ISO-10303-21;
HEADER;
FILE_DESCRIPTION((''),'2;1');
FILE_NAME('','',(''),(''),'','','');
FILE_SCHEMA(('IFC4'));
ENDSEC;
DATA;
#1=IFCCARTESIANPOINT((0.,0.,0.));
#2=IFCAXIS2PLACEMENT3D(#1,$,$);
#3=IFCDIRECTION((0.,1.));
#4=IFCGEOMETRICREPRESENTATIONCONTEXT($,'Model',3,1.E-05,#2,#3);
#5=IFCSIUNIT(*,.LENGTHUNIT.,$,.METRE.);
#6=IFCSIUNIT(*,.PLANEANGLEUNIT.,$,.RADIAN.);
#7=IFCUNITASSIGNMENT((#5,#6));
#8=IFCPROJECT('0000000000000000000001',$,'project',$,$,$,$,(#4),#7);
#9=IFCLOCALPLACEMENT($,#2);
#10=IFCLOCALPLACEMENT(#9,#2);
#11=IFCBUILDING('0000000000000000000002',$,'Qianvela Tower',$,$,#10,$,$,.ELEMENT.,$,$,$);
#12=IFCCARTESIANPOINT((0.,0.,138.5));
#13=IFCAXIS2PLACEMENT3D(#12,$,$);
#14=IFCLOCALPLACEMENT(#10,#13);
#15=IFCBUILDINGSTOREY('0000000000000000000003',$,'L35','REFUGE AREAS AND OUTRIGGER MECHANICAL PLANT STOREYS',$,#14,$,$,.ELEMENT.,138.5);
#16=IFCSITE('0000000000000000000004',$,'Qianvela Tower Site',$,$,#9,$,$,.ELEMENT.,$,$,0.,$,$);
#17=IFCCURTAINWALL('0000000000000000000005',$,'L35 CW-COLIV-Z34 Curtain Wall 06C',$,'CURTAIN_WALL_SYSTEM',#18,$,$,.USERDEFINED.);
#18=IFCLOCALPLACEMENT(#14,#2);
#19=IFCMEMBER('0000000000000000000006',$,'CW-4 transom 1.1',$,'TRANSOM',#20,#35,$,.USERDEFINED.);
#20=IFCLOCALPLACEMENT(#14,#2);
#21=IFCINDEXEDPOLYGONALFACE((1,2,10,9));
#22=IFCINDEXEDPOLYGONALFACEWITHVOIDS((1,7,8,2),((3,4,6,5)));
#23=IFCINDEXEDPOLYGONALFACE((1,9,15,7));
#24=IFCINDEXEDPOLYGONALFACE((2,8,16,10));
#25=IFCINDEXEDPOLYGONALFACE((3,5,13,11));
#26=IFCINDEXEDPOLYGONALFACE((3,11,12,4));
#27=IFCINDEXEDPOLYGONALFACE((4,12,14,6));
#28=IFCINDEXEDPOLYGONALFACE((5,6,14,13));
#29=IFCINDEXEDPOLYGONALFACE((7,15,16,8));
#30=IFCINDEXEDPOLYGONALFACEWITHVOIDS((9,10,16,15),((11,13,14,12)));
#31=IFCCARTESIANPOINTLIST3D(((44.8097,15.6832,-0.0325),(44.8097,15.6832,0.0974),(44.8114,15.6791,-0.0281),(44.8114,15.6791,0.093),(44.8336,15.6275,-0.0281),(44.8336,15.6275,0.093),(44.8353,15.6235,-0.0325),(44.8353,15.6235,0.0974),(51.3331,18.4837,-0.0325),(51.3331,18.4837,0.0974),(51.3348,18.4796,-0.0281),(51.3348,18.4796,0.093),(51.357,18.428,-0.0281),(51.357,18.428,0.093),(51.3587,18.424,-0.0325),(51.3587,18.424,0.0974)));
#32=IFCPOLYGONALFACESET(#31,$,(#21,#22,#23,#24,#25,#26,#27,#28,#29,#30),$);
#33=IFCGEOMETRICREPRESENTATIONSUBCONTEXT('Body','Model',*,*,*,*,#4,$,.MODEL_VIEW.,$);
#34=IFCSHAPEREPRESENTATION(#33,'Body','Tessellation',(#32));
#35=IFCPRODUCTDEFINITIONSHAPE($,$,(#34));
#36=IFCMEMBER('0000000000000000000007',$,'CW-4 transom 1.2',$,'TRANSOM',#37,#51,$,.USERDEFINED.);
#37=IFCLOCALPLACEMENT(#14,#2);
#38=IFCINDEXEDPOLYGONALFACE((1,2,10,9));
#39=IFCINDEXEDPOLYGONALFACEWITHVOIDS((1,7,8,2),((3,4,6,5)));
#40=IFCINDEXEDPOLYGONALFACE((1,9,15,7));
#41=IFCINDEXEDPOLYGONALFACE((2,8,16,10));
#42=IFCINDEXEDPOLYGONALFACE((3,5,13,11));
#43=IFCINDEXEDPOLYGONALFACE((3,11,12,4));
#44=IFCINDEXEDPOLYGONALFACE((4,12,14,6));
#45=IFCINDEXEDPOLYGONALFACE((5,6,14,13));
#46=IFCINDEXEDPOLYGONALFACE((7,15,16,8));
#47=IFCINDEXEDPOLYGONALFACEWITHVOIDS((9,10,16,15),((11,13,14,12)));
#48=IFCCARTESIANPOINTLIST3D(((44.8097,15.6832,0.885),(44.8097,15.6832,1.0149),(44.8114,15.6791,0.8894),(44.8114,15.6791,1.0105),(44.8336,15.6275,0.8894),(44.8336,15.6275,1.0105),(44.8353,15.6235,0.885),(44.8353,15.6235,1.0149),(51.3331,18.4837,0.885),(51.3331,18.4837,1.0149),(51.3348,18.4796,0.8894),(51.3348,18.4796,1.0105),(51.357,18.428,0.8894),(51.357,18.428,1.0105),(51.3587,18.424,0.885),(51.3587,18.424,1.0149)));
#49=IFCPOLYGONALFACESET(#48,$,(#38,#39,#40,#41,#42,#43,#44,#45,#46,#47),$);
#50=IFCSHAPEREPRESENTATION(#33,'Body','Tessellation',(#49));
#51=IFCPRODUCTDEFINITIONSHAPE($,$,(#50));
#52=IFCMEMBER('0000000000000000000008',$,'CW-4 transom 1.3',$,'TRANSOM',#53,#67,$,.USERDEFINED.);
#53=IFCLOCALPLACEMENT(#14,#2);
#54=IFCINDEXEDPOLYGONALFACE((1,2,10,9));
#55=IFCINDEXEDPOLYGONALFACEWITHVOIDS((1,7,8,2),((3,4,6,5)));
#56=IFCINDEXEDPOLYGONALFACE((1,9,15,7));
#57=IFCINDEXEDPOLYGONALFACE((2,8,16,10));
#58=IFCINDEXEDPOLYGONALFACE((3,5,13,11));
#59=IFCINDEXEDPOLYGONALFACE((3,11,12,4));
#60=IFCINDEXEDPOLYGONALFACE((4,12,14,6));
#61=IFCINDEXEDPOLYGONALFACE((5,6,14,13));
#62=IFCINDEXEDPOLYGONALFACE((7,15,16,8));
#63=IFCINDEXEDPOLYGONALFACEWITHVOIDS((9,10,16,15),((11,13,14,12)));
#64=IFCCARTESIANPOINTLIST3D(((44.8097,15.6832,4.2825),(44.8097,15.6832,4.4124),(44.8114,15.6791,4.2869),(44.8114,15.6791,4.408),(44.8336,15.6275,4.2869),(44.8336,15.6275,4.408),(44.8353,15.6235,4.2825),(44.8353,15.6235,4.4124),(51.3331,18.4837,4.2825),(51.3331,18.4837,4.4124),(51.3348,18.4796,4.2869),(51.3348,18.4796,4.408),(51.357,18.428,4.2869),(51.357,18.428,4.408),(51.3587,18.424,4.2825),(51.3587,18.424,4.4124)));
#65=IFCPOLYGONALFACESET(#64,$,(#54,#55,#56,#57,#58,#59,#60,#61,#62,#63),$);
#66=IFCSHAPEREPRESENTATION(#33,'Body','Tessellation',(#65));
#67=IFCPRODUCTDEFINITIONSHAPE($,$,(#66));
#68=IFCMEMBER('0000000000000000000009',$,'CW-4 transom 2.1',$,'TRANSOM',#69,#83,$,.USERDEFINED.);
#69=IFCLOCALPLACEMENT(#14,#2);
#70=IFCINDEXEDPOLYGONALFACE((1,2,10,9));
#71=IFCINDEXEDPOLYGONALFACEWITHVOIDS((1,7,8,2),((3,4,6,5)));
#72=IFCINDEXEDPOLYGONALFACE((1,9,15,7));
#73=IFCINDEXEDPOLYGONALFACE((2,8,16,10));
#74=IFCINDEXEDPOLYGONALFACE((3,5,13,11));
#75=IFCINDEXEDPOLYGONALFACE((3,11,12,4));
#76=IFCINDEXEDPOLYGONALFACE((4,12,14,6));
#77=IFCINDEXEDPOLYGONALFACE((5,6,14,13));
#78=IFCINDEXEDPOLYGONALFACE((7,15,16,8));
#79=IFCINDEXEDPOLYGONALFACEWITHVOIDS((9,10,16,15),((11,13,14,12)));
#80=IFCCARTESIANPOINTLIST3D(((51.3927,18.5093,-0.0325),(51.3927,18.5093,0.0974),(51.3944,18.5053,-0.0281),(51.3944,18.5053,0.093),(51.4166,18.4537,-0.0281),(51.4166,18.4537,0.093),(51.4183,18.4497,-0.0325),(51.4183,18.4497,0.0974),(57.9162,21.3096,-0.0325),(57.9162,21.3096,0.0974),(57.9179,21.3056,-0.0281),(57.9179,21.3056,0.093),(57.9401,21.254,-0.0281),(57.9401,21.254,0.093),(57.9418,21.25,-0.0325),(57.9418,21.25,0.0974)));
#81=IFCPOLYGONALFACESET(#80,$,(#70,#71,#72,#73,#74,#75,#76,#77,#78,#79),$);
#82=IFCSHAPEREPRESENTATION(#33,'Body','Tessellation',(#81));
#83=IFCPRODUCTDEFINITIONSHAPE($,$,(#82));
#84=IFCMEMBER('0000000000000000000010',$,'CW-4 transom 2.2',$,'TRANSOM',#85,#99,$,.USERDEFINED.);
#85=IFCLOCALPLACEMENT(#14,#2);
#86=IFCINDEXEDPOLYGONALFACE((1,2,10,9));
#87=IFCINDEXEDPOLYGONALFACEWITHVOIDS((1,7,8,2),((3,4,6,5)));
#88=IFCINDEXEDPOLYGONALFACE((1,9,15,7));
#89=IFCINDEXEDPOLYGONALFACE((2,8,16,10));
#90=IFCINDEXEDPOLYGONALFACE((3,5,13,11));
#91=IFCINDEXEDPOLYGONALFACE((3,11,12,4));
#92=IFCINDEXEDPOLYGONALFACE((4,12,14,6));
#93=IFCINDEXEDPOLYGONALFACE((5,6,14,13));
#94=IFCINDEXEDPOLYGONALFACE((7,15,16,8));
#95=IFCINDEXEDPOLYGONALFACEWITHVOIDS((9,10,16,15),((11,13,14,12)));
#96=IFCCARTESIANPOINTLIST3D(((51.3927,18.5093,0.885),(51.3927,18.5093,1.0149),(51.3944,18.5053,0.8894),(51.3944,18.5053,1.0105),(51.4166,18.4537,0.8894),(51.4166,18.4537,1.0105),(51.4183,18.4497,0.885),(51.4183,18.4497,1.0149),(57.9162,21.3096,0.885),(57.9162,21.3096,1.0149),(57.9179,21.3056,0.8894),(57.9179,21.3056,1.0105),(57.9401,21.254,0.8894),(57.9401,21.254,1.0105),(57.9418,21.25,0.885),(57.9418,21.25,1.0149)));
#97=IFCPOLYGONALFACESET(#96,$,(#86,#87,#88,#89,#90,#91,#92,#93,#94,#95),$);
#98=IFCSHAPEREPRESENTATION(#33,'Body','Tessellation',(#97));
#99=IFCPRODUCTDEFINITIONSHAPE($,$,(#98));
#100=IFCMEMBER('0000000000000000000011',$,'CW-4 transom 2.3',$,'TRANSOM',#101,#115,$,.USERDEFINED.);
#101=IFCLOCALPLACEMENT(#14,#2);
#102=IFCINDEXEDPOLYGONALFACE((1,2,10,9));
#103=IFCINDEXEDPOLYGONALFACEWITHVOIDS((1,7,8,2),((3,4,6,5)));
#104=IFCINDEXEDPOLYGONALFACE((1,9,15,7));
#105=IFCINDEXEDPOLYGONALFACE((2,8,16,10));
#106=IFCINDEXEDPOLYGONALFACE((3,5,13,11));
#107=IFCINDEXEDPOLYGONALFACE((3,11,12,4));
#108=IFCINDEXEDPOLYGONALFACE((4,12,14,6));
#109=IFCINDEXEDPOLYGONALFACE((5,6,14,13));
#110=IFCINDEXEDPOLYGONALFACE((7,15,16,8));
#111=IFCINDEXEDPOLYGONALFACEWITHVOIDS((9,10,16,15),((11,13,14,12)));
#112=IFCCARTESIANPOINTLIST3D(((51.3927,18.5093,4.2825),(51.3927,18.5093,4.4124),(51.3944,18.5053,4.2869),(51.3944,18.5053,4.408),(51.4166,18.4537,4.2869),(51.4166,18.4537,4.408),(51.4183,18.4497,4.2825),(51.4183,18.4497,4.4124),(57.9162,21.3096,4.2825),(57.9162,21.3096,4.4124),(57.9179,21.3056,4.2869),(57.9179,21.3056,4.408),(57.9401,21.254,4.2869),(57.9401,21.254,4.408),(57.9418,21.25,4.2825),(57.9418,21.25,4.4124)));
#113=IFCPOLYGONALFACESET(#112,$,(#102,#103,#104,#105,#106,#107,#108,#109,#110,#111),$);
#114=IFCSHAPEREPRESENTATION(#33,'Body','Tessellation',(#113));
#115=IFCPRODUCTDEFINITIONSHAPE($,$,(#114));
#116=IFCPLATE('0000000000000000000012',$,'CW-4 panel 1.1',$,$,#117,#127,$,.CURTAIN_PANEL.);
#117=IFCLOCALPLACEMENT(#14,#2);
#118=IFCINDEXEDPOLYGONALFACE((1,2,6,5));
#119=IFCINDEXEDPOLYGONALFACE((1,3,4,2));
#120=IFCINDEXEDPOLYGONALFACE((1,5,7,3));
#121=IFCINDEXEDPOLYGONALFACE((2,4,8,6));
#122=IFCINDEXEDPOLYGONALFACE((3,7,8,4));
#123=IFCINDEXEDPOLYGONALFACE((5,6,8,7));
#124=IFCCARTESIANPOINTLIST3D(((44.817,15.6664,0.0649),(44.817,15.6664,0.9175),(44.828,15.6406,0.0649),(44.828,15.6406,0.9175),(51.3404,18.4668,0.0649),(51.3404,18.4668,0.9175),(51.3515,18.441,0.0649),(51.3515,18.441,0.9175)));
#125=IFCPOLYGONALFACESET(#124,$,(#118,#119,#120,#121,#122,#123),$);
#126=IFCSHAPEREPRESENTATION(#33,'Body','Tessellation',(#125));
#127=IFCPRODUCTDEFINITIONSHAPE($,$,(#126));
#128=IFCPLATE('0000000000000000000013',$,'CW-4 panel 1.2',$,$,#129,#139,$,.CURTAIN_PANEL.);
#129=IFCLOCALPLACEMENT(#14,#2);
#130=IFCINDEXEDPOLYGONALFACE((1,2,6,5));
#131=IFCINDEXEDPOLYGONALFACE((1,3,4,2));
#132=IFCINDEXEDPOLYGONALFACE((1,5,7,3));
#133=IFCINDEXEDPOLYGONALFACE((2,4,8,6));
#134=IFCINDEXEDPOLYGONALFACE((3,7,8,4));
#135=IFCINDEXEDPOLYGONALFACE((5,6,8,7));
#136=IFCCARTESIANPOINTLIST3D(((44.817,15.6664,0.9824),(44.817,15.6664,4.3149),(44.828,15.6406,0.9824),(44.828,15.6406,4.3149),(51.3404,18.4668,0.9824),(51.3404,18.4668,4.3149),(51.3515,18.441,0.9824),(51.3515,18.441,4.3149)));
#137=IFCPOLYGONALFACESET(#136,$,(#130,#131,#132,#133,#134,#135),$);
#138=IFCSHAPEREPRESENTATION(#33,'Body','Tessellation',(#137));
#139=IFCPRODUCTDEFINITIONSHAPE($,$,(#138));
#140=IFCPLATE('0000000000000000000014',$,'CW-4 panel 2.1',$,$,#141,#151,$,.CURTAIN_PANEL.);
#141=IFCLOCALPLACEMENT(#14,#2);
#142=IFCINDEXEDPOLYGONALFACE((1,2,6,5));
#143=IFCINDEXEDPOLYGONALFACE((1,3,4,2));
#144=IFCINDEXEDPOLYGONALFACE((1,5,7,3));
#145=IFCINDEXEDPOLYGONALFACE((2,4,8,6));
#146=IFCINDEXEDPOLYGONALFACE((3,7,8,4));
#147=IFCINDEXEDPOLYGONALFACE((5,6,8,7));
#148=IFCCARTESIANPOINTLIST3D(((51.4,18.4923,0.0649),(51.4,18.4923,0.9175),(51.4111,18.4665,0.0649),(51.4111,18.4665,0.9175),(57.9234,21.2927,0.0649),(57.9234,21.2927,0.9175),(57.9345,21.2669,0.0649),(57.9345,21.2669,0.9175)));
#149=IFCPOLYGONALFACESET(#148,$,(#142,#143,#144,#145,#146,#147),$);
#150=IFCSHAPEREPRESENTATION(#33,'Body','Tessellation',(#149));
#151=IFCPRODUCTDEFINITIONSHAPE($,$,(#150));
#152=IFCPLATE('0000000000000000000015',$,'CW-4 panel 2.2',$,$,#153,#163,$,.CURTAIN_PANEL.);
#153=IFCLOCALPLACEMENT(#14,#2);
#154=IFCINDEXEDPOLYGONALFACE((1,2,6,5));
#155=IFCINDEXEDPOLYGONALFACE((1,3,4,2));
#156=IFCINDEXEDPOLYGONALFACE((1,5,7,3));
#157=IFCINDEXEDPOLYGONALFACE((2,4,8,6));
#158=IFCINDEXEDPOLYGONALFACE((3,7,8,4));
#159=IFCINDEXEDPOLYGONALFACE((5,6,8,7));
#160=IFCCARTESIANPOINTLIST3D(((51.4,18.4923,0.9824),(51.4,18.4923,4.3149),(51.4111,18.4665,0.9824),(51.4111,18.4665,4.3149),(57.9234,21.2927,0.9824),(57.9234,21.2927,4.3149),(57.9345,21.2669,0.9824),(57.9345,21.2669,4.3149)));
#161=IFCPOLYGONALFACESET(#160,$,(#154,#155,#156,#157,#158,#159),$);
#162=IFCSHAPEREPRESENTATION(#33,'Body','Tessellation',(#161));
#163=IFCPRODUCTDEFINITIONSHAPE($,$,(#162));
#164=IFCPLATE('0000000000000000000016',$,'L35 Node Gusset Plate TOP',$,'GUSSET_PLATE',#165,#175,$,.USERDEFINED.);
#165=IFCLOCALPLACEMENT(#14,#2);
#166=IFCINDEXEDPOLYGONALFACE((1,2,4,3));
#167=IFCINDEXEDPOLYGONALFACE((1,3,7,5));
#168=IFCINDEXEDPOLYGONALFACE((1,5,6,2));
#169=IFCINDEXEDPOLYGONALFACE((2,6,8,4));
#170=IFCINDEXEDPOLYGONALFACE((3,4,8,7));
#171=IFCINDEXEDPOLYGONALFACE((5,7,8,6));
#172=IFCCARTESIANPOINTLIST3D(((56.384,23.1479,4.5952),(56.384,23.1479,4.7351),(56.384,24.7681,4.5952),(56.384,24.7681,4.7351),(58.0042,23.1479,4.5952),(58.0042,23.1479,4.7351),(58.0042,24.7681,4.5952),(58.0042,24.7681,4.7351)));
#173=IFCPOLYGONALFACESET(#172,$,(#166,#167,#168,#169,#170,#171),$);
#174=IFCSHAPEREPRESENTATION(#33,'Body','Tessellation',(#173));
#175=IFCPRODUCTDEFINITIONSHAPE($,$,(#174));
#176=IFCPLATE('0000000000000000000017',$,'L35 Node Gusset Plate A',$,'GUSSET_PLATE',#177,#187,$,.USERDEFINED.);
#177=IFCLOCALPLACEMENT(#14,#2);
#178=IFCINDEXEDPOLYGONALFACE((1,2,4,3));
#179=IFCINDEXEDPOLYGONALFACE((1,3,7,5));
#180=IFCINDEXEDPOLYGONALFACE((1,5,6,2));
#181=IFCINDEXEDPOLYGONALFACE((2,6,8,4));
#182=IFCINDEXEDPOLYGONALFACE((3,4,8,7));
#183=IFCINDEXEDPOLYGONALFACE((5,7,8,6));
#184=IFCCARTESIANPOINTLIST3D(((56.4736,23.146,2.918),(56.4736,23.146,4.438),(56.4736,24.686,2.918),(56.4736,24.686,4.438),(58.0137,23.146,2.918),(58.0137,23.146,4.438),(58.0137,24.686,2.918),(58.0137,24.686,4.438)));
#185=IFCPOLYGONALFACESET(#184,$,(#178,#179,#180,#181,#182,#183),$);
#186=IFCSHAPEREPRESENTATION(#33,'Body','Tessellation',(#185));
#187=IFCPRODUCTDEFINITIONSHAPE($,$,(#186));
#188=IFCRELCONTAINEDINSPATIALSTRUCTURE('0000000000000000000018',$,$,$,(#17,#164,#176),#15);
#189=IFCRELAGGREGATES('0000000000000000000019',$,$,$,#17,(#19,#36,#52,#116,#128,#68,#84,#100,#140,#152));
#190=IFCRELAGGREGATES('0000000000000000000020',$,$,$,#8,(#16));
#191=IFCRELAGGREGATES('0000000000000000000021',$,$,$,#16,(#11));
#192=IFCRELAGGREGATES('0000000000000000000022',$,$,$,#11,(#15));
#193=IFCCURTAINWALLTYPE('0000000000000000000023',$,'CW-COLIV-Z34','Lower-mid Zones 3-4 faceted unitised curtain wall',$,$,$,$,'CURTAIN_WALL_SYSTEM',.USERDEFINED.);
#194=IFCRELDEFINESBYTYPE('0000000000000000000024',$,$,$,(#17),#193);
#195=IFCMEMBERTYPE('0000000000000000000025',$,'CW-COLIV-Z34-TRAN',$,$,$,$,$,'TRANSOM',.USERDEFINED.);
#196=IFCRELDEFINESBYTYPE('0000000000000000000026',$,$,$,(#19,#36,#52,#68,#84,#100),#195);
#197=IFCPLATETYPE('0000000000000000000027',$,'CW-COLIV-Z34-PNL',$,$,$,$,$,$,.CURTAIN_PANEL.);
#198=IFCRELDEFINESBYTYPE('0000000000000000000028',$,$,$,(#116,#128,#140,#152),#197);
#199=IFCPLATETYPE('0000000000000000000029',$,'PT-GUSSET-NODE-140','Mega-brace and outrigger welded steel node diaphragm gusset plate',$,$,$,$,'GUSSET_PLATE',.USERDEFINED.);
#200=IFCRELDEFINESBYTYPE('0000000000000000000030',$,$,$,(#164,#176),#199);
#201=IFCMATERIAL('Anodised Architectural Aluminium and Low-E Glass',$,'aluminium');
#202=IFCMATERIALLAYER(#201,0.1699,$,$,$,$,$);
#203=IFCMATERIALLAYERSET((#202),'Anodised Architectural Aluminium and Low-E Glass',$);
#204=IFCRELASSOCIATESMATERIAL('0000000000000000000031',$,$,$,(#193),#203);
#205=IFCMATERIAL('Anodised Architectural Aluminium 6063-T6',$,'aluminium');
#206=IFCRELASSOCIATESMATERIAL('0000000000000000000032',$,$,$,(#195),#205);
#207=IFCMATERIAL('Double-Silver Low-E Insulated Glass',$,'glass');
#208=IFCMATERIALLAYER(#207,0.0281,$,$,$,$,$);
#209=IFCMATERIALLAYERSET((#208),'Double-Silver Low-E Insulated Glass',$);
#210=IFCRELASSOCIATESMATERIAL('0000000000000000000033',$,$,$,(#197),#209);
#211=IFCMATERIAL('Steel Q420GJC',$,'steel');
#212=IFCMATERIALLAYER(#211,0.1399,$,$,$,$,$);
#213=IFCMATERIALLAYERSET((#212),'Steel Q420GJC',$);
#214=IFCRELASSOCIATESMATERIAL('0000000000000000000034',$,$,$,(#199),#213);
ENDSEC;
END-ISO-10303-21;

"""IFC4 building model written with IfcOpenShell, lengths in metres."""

from ifc_helpers import new_model, si_unit, direction, frame, origin, origin_2d, place, context, subcontext, project, spatial, rectangle, hollow_rectangle, extrude, material, layer, layer_set, material_profile, profile_set, type_object, element, aggregate, save


model = new_model("IFC4")

# Units and contexts
model_context = context("Model", 3, precision=1e-05, world=origin(), true_north=direction((0.0, 1.0)))
body_context = subcontext(model_context, "Body", "Model", "MODEL_VIEW")
ifc_project = project(units=[si_unit("LENGTHUNIT", "METRE"), si_unit("PLANEANGLEUNIT", "RADIAN")], contexts=[model_context])

# Site, building, storey
site_placement = place(None, origin())
site = spatial("IfcSite", under=ifc_project, at=site_placement, Name="Qianvela Tower Site", CompositionType="ELEMENT", RefElevation=0.0)
building_placement = place(site_placement, origin())
building = spatial("IfcBuilding", under=site, at=building_placement, Name="Qianvela Tower", CompositionType="ELEMENT")
storey_placement = place(building_placement, frame((0.0, 0.0, 138.5)))
storey = spatial("IfcBuildingStorey", under=building, at=storey_placement, Name="L35", Description="REFUGE AREAS AND OUTRIGGER MECHANICAL PLANT STOREYS", CompositionType="ELEMENT", Elevation=138.5)

# Curtain wall, members, plates
ifc_material_1 = material(Name="Anodised Architectural Aluminium and Low-E Glass", Category="aluminium")
ifc_layer_1 = layer(ifc_material_1, 0.1699)
ifc_layer_set_1 = layer_set([ifc_layer_1], Name="Anodised Architectural Aluminium and Low-E Glass")
curtain_wall_type = type_object("IfcCurtainWallType", Name="CW-COLIV-Z34", Description="Lower-mid Zones 3-4 faceted unitised curtain wall", ElementType="CURTAIN_WALL_SYSTEM", PredefinedType="USERDEFINED", material=ifc_layer_set_1)
curtain_wall_placement = place(storey_placement, origin())
curtain_wall = element("IfcCurtainWall", 1, at=curtain_wall_placement, inside=storey, type_object=curtain_wall_type, Name="L35 CW-COLIV-Z34 Curtain Wall 06C", ObjectType="CURTAIN_WALL_SYSTEM", PredefinedType="USERDEFINED")
ifc_material_2 = material(Name="Anodised Architectural Aluminium 6063-T6", Category="aluminium")
ifc_material_profile_1 = material_profile(ifc_material_2, hollow_rectangle(XDim=0.0649, YDim=0.1299, WallThickness=0.0044, at=origin_2d()), Name="ALU-TRAN-65x130")
ifc_profile_set_1 = profile_set([ifc_material_profile_1], Name="Anodised Architectural Aluminium 6063-T6")
member_type_1 = type_object("IfcMemberType", Name="CW-COLIV-Z34-TRAN", ElementType="TRANSOM", PredefinedType="USERDEFINED", material=ifc_profile_set_1)
member_1_placement = place(storey_placement, frame((44.8225, 15.6533, 0.0325), z_axis=(0.918901, 0.394488, 0.0), x_axis=(-0.394488, 0.918901, 0.0)))
member_1 = element("IfcMember", 2, at=member_1_placement, type_object=member_type_1, Name="CW-4 transom 1.1", ObjectType="TRANSOM", PredefinedType="USERDEFINED", context=body_context, shape_type="SweptSolid", body=[
    extrude(hollow_rectangle(XDim=0.0649, YDim=0.1299, WallThickness=0.0044, at=origin_2d()), origin(), (0.0, 0.0, 1.0), 7.0991),
])
member_2_placement = place(storey_placement, frame((44.8225, 15.6533, 0.95), z_axis=(0.918901, 0.394488, 0.0), x_axis=(-0.394488, 0.918901, 0.0)))
member_2 = element("IfcMember", 3, at=member_2_placement, type_object=member_type_1, Name="CW-4 transom 1.2", ObjectType="TRANSOM", PredefinedType="USERDEFINED", context=body_context, shape_type="SweptSolid", body=[
    extrude(hollow_rectangle(XDim=0.0649, YDim=0.1299, WallThickness=0.0044, at=origin_2d()), origin(), (0.0, 0.0, 1.0), 7.0991),
])
member_3_placement = place(storey_placement, frame((44.8225, 15.6533, 4.3474), z_axis=(0.918901, 0.394488, 0.0), x_axis=(-0.394488, 0.918901, 0.0)))
member_3 = element("IfcMember", 4, at=member_3_placement, type_object=member_type_1, Name="CW-4 transom 1.3", ObjectType="TRANSOM", PredefinedType="USERDEFINED", context=body_context, shape_type="SweptSolid", body=[
    extrude(hollow_rectangle(XDim=0.0649, YDim=0.1299, WallThickness=0.0044, at=origin_2d()), origin(), (0.0, 0.0, 1.0), 7.0991),
])
member_4_placement = place(storey_placement, frame((51.4055, 18.4795, 0.0325), z_axis=(0.918914, 0.394459, 0.0), x_axis=(-0.394459, 0.918914, 0.0)))
member_4 = element("IfcMember", 5, at=member_4_placement, type_object=member_type_1, Name="CW-4 transom 2.1", ObjectType="TRANSOM", PredefinedType="USERDEFINED", context=body_context, shape_type="SweptSolid", body=[
    extrude(hollow_rectangle(XDim=0.0649, YDim=0.1299, WallThickness=0.0044, at=origin_2d()), origin(), (0.0, 0.0, 1.0), 7.0991),
])
member_5_placement = place(storey_placement, frame((51.4055, 18.4795, 0.95), z_axis=(0.918914, 0.394459, 0.0), x_axis=(-0.394459, 0.918914, 0.0)))
member_5 = element("IfcMember", 6, at=member_5_placement, type_object=member_type_1, Name="CW-4 transom 2.2", ObjectType="TRANSOM", PredefinedType="USERDEFINED", context=body_context, shape_type="SweptSolid", body=[
    extrude(hollow_rectangle(XDim=0.0649, YDim=0.1299, WallThickness=0.0044, at=origin_2d()), origin(), (0.0, 0.0, 1.0), 7.0991),
])
member_6_placement = place(storey_placement, frame((51.4055, 18.4795, 4.3474), z_axis=(0.918914, 0.394459, 0.0), x_axis=(-0.394459, 0.918914, 0.0)))
member_6 = element("IfcMember", 7, at=member_6_placement, type_object=member_type_1, Name="CW-4 transom 2.3", ObjectType="TRANSOM", PredefinedType="USERDEFINED", context=body_context, shape_type="SweptSolid", body=[
    extrude(hollow_rectangle(XDim=0.0649, YDim=0.1299, WallThickness=0.0044, at=origin_2d()), origin(), (0.0, 0.0, 1.0), 7.0991),
])
ifc_material_3 = material(Name="Double-Silver Low-E Insulated Glass", Category="glass")
ifc_layer_2 = layer(ifc_material_3, 0.0281)
ifc_layer_set_2 = layer_set([ifc_layer_2], Name="Double-Silver Low-E Insulated Glass")
plate_type_1 = type_object("IfcPlateType", Name="CW-COLIV-Z34-PNL", PredefinedType="CURTAIN_PANEL", material=ifc_layer_set_2)
plate_1_placement = place(storey_placement, frame((48.0842, 17.0537, 0.0649), z_axis=(0.0, 0.0, 1.0), x_axis=(0.918908, 0.394472, 0.0)))
plate_1 = element("IfcPlate", 8, at=plate_1_placement, type_object=plate_type_1, Name="CW-4 panel 1.1", PredefinedType="CURTAIN_PANEL", context=body_context, shape_type="SweptSolid", body=[
    extrude(rectangle(XDim=7.0991, YDim=0.0281, at=origin_2d()), origin(), (0.0, 0.0, 1.0), 0.8525),
])
plate_2_placement = place(storey_placement, frame((48.0842, 17.0537, 0.9824), z_axis=(0.0, 0.0, 1.0), x_axis=(0.918908, 0.394472, 0.0)))
plate_2 = element("IfcPlate", 9, at=plate_2_placement, type_object=plate_type_1, Name="CW-4 panel 1.2", PredefinedType="CURTAIN_PANEL", context=body_context, shape_type="SweptSolid", body=[
    extrude(rectangle(XDim=7.0991, YDim=0.0281, at=origin_2d()), origin(), (0.0, 0.0, 1.0), 3.3325),
])
plate_3_placement = place(storey_placement, frame((54.6672, 19.8796, 0.0649), z_axis=(0.0, 0.0, 1.0), x_axis=(0.918908, 0.394472, 0.0)))
plate_3 = element("IfcPlate", 10, at=plate_3_placement, type_object=plate_type_1, Name="CW-4 panel 2.1", PredefinedType="CURTAIN_PANEL", context=body_context, shape_type="SweptSolid", body=[
    extrude(rectangle(XDim=7.0991, YDim=0.0281, at=origin_2d()), origin(), (0.0, 0.0, 1.0), 0.8525),
])
plate_4_placement = place(storey_placement, frame((54.6672, 19.8796, 0.9824), z_axis=(0.0, 0.0, 1.0), x_axis=(0.918908, 0.394472, 0.0)))
plate_4 = element("IfcPlate", 11, at=plate_4_placement, type_object=plate_type_1, Name="CW-4 panel 2.2", PredefinedType="CURTAIN_PANEL", context=body_context, shape_type="SweptSolid", body=[
    extrude(rectangle(XDim=7.0991, YDim=0.0281, at=origin_2d()), origin(), (0.0, 0.0, 1.0), 3.3325),
])
aggregate(curtain_wall, [member_1, member_2, member_3, plate_1, plate_2, member_4, member_5, member_6, plate_3, plate_4])

# Plates
ifc_material_4 = material(Name="Steel Q420GJC", Category="steel")
ifc_layer_3 = layer(ifc_material_4, 0.1399)
ifc_layer_set_3 = layer_set([ifc_layer_3], Name="Steel Q420GJC")
plate_type_2 = type_object("IfcPlateType", Name="PT-GUSSET-NODE-140", Description="Mega-brace and outrigger welded steel node diaphragm gusset plate", ElementType="GUSSET_PLATE", PredefinedType="USERDEFINED", material=ifc_layer_set_3)
plate_5_placement = place(storey_placement, frame((57.1941, 23.958, 4.5952), z_axis=(0.0, 0.0, 1.0), x_axis=(1.0, 0.0, 0.0)))
element("IfcPlate", 12, at=plate_5_placement, inside=storey, type_object=plate_type_2, Name="L35 Node Gusset Plate TOP", ObjectType="GUSSET_PLATE", PredefinedType="USERDEFINED", context=body_context, shape_type="SweptSolid", body=[
    extrude(rectangle(XDim=1.6201, YDim=1.6201, at=origin_2d()), origin(), (0.0, 0.0, 1.0), 0.1399),
])
plate_6_placement = place(storey_placement, frame((57.2437, 23.916, 2.918), z_axis=(0.0, 0.0, 1.0), x_axis=(1.0, 0.0, 0.0)))
element("IfcPlate", 13, at=plate_6_placement, inside=storey, type_object=plate_type_2, Name="L35 Node Gusset Plate A", ObjectType="GUSSET_PLATE", PredefinedType="USERDEFINED", context=body_context, shape_type="SweptSolid", body=[
    extrude(rectangle(XDim=1.54, YDim=1.54, at=origin_2d()), origin(), (0.0, 0.0, 1.0), 1.52),
])

save(model, "model.ifc")
